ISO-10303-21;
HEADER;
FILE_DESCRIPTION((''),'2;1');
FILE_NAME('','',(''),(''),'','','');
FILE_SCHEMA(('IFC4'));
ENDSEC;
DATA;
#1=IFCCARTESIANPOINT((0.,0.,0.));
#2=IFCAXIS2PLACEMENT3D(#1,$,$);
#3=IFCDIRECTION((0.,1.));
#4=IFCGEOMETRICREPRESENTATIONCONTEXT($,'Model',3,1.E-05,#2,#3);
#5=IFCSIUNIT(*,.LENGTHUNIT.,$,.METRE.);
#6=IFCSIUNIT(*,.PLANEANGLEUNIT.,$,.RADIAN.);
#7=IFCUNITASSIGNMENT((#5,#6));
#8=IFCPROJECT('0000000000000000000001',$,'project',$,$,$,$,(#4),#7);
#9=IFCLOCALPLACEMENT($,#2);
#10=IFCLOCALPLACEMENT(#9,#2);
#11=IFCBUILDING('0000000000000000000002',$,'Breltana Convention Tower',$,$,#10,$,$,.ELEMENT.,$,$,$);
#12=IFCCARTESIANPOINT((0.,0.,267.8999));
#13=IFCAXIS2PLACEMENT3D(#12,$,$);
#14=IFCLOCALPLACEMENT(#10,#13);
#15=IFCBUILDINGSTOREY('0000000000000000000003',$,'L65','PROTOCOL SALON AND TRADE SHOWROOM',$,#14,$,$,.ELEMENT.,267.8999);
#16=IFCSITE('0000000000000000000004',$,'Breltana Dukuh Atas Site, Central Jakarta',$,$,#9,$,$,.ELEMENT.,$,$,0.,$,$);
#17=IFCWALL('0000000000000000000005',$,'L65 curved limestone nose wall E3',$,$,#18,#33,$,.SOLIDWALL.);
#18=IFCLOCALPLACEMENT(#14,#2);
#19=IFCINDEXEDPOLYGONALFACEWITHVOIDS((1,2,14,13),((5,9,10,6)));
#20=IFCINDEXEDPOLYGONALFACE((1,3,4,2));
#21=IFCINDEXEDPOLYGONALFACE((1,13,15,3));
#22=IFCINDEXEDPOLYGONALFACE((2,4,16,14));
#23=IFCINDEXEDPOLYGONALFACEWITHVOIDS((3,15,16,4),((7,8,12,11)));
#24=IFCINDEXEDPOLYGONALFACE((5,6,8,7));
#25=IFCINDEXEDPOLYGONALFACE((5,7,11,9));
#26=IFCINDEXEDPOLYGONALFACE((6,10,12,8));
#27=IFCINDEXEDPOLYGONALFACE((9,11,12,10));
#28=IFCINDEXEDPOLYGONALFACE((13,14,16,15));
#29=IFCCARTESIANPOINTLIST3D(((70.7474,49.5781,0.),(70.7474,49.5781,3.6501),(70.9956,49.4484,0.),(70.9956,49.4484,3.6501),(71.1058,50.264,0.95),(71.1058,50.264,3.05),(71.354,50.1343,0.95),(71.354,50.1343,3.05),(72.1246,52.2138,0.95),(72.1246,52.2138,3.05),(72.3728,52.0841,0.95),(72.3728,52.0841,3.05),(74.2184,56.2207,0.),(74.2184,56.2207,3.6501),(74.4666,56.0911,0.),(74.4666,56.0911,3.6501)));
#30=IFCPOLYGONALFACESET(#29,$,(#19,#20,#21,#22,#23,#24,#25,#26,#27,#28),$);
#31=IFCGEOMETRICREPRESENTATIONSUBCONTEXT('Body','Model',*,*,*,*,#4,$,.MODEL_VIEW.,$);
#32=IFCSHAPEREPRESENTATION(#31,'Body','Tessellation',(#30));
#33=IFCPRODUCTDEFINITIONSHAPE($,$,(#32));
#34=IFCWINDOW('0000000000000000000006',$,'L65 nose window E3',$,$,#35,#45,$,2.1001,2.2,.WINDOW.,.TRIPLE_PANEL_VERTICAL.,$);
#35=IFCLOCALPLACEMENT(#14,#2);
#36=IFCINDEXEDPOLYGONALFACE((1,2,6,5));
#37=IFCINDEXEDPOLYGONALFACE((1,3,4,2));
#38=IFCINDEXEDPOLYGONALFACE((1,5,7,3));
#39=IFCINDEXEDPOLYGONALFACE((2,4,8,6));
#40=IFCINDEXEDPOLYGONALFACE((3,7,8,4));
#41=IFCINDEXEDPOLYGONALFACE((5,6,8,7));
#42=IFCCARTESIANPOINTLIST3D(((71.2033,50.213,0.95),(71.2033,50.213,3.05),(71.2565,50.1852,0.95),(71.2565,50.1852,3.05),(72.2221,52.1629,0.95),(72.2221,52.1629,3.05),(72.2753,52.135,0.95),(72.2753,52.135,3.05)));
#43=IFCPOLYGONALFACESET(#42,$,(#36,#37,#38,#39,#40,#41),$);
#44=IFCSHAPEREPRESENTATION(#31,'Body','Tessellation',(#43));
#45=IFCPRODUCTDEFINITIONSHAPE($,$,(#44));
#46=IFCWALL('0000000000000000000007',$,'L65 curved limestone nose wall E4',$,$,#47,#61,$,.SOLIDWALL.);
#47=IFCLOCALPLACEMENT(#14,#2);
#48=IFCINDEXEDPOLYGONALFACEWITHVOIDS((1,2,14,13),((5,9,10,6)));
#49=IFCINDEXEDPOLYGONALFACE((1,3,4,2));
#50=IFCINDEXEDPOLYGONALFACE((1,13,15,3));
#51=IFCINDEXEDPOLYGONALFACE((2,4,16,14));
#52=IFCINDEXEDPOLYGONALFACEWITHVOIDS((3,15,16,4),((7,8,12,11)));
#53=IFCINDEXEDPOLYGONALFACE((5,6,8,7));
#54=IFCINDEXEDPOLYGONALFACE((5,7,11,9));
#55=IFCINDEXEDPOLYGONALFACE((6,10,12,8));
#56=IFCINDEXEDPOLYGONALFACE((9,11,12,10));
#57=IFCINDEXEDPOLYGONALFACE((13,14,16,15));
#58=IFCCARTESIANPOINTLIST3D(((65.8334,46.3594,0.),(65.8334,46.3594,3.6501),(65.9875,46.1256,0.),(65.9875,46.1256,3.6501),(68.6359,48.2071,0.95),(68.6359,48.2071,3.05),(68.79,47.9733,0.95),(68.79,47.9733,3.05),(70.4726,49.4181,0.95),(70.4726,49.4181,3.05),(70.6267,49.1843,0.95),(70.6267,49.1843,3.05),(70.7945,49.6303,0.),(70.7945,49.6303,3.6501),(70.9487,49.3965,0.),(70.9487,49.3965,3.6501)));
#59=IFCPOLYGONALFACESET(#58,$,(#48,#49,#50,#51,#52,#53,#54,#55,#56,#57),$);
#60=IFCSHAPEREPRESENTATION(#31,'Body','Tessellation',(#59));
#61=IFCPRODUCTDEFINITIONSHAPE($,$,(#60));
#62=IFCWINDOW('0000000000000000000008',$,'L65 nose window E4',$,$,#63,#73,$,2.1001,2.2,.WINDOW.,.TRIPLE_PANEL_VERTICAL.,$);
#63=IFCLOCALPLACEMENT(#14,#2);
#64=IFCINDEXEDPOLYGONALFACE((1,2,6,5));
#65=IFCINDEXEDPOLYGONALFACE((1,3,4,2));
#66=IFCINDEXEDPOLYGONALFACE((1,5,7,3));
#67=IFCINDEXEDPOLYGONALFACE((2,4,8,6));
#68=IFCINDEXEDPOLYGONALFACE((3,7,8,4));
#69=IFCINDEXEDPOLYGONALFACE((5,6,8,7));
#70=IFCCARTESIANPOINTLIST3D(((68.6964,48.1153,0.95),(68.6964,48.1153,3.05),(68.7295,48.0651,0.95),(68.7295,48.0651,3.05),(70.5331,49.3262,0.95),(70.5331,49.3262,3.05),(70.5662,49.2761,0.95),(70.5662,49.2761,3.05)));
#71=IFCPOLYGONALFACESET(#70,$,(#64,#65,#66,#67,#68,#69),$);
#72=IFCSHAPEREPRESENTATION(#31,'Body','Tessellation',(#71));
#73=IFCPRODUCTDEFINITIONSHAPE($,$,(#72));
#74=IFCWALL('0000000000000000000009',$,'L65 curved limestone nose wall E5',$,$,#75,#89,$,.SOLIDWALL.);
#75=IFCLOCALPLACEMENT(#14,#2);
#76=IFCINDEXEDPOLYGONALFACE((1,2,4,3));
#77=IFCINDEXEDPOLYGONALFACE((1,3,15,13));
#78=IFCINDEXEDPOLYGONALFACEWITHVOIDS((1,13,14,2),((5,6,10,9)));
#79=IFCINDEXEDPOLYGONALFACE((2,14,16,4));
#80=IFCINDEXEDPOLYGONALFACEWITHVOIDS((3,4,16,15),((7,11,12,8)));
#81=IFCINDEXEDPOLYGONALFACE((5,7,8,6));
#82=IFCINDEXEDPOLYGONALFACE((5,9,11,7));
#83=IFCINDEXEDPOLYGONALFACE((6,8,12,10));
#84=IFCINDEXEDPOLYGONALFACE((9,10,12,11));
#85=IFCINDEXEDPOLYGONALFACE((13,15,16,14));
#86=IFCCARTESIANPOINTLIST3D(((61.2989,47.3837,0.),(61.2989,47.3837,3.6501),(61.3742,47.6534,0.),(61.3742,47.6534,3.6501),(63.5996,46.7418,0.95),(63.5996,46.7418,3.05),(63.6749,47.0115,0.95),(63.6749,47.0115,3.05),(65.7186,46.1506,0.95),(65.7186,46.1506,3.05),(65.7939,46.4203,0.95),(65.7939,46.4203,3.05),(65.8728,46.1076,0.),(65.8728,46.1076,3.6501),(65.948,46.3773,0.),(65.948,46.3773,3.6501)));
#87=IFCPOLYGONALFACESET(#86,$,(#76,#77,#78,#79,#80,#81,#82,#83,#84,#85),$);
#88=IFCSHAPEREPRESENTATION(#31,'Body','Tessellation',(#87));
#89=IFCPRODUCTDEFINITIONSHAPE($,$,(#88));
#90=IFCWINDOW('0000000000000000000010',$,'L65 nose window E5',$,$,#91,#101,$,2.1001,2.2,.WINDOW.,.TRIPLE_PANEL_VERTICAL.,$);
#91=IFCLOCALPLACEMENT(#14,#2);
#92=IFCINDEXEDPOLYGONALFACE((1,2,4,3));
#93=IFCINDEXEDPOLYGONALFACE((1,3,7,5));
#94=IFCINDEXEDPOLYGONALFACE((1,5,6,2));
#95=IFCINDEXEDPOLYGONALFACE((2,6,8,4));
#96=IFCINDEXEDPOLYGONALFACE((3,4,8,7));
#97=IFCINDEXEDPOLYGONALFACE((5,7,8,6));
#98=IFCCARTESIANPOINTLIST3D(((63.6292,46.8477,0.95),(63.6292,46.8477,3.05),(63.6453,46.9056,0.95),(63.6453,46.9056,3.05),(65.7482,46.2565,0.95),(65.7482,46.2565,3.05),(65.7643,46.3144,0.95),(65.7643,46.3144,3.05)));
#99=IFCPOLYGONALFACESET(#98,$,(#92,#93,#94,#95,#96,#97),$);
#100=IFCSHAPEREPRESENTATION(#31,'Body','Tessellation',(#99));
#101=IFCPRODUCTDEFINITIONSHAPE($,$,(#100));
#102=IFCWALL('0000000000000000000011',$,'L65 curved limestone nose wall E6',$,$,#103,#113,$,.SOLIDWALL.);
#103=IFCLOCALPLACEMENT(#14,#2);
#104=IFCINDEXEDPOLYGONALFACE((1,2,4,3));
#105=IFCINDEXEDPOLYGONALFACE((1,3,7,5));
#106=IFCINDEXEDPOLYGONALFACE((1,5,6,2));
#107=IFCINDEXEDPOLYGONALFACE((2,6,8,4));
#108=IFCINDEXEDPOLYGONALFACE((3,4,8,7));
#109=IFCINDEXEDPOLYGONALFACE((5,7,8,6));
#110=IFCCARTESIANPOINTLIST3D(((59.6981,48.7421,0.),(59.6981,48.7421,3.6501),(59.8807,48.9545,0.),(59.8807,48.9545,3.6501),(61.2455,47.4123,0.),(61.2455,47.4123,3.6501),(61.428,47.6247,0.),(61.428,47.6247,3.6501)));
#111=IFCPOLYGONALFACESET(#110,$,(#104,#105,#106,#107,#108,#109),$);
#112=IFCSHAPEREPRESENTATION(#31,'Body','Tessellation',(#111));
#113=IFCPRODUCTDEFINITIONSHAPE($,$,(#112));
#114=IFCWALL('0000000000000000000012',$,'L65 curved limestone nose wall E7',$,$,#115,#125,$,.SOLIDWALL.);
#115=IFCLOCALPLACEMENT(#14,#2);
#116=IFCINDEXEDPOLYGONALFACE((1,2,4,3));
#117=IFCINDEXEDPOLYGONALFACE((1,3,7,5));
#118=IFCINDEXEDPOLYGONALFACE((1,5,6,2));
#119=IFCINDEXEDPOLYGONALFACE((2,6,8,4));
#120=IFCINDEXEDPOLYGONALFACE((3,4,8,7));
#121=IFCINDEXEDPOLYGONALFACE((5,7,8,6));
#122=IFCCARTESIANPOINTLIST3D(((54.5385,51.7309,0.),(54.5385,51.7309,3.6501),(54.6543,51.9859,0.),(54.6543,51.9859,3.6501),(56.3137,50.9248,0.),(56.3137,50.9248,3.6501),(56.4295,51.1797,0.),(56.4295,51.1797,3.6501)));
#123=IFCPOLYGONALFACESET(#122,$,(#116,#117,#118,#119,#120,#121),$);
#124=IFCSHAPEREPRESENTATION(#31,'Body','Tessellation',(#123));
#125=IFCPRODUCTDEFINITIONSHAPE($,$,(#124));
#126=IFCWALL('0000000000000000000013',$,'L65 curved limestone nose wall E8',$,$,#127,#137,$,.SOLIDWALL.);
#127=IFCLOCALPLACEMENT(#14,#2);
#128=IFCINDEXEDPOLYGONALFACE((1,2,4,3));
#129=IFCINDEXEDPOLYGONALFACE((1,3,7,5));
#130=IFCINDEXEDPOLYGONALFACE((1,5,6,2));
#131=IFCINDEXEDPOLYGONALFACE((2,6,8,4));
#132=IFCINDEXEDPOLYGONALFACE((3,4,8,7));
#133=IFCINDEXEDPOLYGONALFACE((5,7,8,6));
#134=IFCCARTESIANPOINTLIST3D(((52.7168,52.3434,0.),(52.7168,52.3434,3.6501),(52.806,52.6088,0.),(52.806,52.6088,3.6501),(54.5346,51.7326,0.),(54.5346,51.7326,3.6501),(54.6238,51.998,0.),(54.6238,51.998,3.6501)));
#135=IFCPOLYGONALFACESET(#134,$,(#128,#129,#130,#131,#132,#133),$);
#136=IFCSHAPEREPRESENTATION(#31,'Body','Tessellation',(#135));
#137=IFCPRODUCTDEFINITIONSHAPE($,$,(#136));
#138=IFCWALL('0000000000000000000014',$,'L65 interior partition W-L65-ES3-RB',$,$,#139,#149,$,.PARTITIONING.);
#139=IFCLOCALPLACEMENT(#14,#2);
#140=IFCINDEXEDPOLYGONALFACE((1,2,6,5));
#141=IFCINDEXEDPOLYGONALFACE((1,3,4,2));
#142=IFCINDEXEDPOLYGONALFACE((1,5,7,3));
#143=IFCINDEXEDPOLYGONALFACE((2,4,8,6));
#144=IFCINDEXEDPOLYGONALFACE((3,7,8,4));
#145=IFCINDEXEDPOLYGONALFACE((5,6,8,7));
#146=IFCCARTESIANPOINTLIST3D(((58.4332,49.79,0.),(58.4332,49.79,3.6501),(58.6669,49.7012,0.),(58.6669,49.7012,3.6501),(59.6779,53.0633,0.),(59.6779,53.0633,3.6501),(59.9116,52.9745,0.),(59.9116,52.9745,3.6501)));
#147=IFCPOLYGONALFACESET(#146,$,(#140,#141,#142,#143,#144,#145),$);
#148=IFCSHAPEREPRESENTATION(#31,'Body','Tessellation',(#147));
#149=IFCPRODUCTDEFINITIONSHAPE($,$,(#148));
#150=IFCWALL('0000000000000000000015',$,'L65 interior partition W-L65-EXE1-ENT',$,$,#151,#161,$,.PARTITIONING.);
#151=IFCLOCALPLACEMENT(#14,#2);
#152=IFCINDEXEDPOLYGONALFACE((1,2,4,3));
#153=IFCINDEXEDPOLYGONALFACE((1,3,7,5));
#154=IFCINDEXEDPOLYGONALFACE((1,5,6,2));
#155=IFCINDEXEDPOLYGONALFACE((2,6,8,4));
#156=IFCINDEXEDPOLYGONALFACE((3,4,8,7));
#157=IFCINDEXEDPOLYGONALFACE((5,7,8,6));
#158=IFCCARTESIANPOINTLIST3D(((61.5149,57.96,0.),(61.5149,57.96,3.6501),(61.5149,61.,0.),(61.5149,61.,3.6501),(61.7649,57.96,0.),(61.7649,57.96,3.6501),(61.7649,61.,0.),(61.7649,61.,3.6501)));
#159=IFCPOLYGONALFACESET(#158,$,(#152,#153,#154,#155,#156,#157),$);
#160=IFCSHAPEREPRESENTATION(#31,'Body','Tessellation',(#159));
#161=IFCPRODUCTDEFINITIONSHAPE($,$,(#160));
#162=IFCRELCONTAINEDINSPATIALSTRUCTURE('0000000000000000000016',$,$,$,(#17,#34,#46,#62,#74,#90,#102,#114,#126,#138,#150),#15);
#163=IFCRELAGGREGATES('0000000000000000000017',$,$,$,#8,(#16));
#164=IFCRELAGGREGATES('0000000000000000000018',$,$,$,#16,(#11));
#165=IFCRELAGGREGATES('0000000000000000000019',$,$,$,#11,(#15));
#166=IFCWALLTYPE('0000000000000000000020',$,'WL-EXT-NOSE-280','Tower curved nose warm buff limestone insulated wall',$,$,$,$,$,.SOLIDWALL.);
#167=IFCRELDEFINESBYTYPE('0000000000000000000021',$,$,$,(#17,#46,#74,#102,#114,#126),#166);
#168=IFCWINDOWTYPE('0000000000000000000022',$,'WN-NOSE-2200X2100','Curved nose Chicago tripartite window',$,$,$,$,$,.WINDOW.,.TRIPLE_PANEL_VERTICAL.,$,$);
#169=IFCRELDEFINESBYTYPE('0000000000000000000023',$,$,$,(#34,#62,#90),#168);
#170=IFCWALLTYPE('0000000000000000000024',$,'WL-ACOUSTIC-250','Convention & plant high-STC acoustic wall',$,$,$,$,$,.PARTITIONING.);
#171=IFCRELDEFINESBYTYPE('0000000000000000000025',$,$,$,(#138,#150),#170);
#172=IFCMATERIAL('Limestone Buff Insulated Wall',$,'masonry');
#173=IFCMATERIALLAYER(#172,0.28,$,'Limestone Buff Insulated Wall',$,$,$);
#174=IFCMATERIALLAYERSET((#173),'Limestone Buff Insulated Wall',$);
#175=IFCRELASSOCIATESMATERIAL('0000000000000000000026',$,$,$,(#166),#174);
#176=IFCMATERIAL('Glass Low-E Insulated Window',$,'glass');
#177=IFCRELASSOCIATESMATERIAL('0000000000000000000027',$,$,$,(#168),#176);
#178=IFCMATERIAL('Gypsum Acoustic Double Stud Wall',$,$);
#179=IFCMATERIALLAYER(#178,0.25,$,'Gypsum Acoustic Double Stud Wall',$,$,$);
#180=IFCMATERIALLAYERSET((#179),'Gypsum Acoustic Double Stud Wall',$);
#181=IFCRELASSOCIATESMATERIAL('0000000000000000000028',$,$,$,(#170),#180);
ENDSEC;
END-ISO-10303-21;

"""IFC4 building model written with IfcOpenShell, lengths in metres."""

from ifc_helpers import new_model, si_unit, direction, frame, frame_2d, origin, place, context, subcontext, project, spatial, rectangle, extrude, source, transform, mapped, material, layer, layer_set, type_object, type_shapes, element, fill, save


model = new_model("IFC4")

# Units and contexts
model_context = context("Model", 3, precision=1e-05, world=origin(), true_north=direction((0.0, 1.0)))
body_context = subcontext(model_context, "Body", "Model", "MODEL_VIEW")
ifc_project = project(units=[si_unit("LENGTHUNIT", "METRE"), si_unit("PLANEANGLEUNIT", "RADIAN")], contexts=[model_context])

# Site, building, storey
site_placement = place(None, origin())
site = spatial("IfcSite", under=ifc_project, at=site_placement, Name="Breltana Dukuh Atas Site, Central Jakarta", CompositionType="ELEMENT", RefElevation=0.0)
building_placement = place(site_placement, origin())
building = spatial("IfcBuilding", under=site, at=building_placement, Name="Breltana Convention Tower", CompositionType="ELEMENT")
storey_placement = place(building_placement, frame((0.0, 0.0, 267.8999)))
storey = spatial("IfcBuildingStorey", under=building, at=storey_placement, Name="L65", Description="PROTOCOL SALON AND TRADE SHOWROOM", CompositionType="ELEMENT", Elevation=267.8999)

# Walls, openings, windows
ifc_material_1 = material(Name="Limestone Buff Insulated Wall", Category="masonry")
ifc_layer_1 = layer(ifc_material_1, 0.28, Name="Limestone Buff Insulated Wall")
ifc_layer_set_1 = layer_set([ifc_layer_1], Name="Limestone Buff Insulated Wall")
wall_type_1 = type_object("IfcWallType", Name="WL-EXT-NOSE-280", Description="Tower curved nose warm buff limestone insulated wall", PredefinedType="SOLIDWALL", material=ifc_layer_set_1)
shared_shape_1 = source(origin(), body_context, "Body", "SweptSolid", [
    extrude(rectangle(XDim=7.4949, YDim=0.28, at=frame_2d((3.7476, 0.0))), origin(), (0.0, 0.0, 1.0), 3.6501),
])
wall_1_placement = place(storey_placement, frame((74.3425, 56.156, 0.0), z_axis=(0.0, 0.0, 1.0), x_axis=(-0.463117, -0.886297, 0.0)))
wall_1 = element("IfcWall", 1, at=wall_1_placement, inside=storey, type_object=wall_type_1, Name="L65 curved limestone nose wall E3", PredefinedType="SOLIDWALL", context=body_context, shape_type="MappedRepresentation", body=[
    mapped(shared_shape_1, transform((0.0, 0.0, 0.0), scale=1.0)),
])
opening_1_placement = place(wall_1_placement, frame((4.521, 0.0, 0.95)))
opening_1 = element("IfcOpeningElement", 2, at=opening_1_placement, cuts=wall_1, PredefinedType="OPENING", context=body_context, shape_type="SweptSolid", body=[
    extrude(rectangle(XDim=2.2, YDim=2.1001, at=frame_2d((1.1001, 1.05))), frame((0.0, 0.1499, 0.0), z_axis=(0.0, -1.0, 0.0), x_axis=(1.0, 0.0, 0.0)), (0.0, 0.0, 1.0), 0.3),
])
ifc_material_2 = material(Name="Glass Low-E Insulated Window", Category="glass")
window_type = type_object("IfcWindowType", Name="WN-NOSE-2200X2100", Description="Curved nose Chicago tripartite window", PartitioningType="TRIPLE_PANEL_VERTICAL", PredefinedType="WINDOW", material=ifc_material_2)
shared_shape_2 = source(origin(), body_context, "Body", "SweptSolid", [
    extrude(rectangle(XDim=2.2, YDim=2.1001, at=frame_2d((1.1001, 1.05))), frame((0.0, 0.03, 0.0), z_axis=(0.0, -1.0, 0.0), x_axis=(1.0, 0.0, 0.0)), (0.0, 0.0, 1.0), 0.0601),
])
type_shapes(window_type, [shared_shape_2])
window_1_placement = place(opening_1_placement, origin())
window_1 = element("IfcWindow", 3, at=window_1_placement, inside=storey, type_object=window_type, Name="L65 nose window E3", OverallHeight=2.1001, OverallWidth=2.2, PartitioningType="TRIPLE_PANEL_VERTICAL", PredefinedType="WINDOW", context=body_context, shape_type="MappedRepresentation", body=[
    mapped(shared_shape_2, transform((0.0, 0.0, 0.0), scale=1.0)),
])
fill(opening_1, window_1)
shared_shape_3 = source(origin(), body_context, "Body", "SweptSolid", [
    extrude(rectangle(XDim=5.9424, YDim=0.28, at=frame_2d((2.9712, 0.0))), origin(), (0.0, 0.0, 1.0), 3.6501),
])
wall_2_placement = place(storey_placement, frame((70.8716, 49.5134, 0.0), z_axis=(0.0, 0.0, 1.0), x_axis=(-0.834871, -0.550445, 0.0)))
wall_2 = element("IfcWall", 4, at=wall_2_placement, inside=storey, type_object=wall_type_1, Name="L65 curved limestone nose wall E4", PredefinedType="SOLIDWALL", context=body_context, shape_type="MappedRepresentation", body=[
    mapped(shared_shape_3, transform((0.0, 0.0, 0.0), scale=1.0)),
])
opening_2_placement = place(wall_2_placement, frame((0.3855, 0.0, 0.95)))
opening_2 = element("IfcOpeningElement", 5, at=opening_2_placement, cuts=wall_2, PredefinedType="OPENING", context=body_context, shape_type="SweptSolid", body=[
    extrude(rectangle(XDim=2.2, YDim=2.1001, at=frame_2d((1.1001, 1.05))), frame((0.0, 0.1499, 0.0), z_axis=(0.0, -1.0, 0.0), x_axis=(1.0, 0.0, 0.0)), (0.0, 0.0, 1.0), 0.3),
])
window_2_placement = place(opening_2_placement, origin())
window_2 = element("IfcWindow", 6, at=window_2_placement, inside=storey, type_object=window_type, Name="L65 nose window E4", OverallHeight=2.1001, OverallWidth=2.2, PartitioningType="TRIPLE_PANEL_VERTICAL", PredefinedType="WINDOW", context=body_context, shape_type="MappedRepresentation", body=[
    mapped(shared_shape_2, transform((0.0, 0.0, 0.0), scale=1.0)),
])
fill(opening_2, window_2)
shared_shape_4 = source(origin(), body_context, "Body", "SweptSolid", [
    extrude(rectangle(XDim=4.7485, YDim=0.28, at=frame_2d((2.3743, 0.0))), origin(), (0.0, 0.0, 1.0), 3.6501),
])
wall_3_placement = place(storey_placement, frame((65.9104, 46.2424, 0.0), z_axis=(0.0, 0.0, 1.0), x_axis=(-0.963211, 0.268747, 0.0)))
wall_3 = element("IfcWall", 7, at=wall_3_placement, inside=storey, type_object=wall_type_1, Name="L65 curved limestone nose wall E5", PredefinedType="SOLIDWALL", context=body_context, shape_type="MappedRepresentation", body=[
    mapped(shared_shape_4, transform((0.0, 0.0, 0.0), scale=1.0)),
])
opening_3_placement = place(wall_3_placement, frame((0.1599, 0.0, 0.95)))
opening_3 = element("IfcOpeningElement", 8, at=opening_3_placement, cuts=wall_3, PredefinedType="OPENING", context=body_context, shape_type="SweptSolid", body=[
    extrude(rectangle(XDim=2.2, YDim=2.1001, at=frame_2d((1.1001, 1.05))), frame((0.0, 0.1499, 0.0), z_axis=(0.0, -1.0, 0.0), x_axis=(1.0, 0.0, 0.0)), (0.0, 0.0, 1.0), 0.3),
])
window_3_placement = place(opening_3_placement, origin())
window_3 = element("IfcWindow", 9, at=window_3_placement, inside=storey, type_object=window_type, Name="L65 nose window E5", OverallHeight=2.1001, OverallWidth=2.2, PartitioningType="TRIPLE_PANEL_VERTICAL", PredefinedType="WINDOW", context=body_context, shape_type="MappedRepresentation", body=[
    mapped(shared_shape_2, transform((0.0, 0.0, 0.0), scale=1.0)),
])
fill(opening_3, window_3)

# Walls
shared_shape_5 = source(origin(), body_context, "Body", "SweptSolid", [
    extrude(rectangle(XDim=2.0403, YDim=0.28, at=frame_2d((1.02, 0.0))), origin(), (0.0, 0.0, 1.0), 3.6501),
])
wall_4_placement = place(storey_placement, frame((61.3367, 47.5186, 0.0), z_axis=(0.0, 0.0, 1.0), x_axis=(-0.758403, 0.651786, 0.0)))
element("IfcWall", 10, at=wall_4_placement, inside=storey, type_object=wall_type_1, Name="L65 curved limestone nose wall E6", PredefinedType="SOLIDWALL", context=body_context, shape_type="MappedRepresentation", body=[
    mapped(shared_shape_5, transform((0.0, 0.0, 0.0), scale=1.0)),
])
shared_shape_6 = source(origin(), body_context, "Body", "SweptSolid", [
    extrude(rectangle(XDim=1.9497, YDim=0.28, at=frame_2d((0.9749, 0.0))), origin(), (0.0, 0.0, 1.0), 3.6501),
])
wall_5_placement = place(storey_placement, frame((56.3716, 51.0522, 0.0), z_axis=(0.0, 0.0, 1.0), x_axis=(-0.910508, 0.413492, 0.0)))
element("IfcWall", 11, at=wall_5_placement, inside=storey, type_object=wall_type_1, Name="L65 curved limestone nose wall E7", PredefinedType="SOLIDWALL", context=body_context, shape_type="MappedRepresentation", body=[
    mapped(shared_shape_6, transform((0.0, 0.0, 0.0), scale=1.0)),
])
shared_shape_7 = source(origin(), body_context, "Body", "SweptSolid", [
    extrude(rectangle(XDim=1.9177, YDim=0.28, at=frame_2d((0.959, 0.0))), origin(), (0.0, 0.0, 1.0), 3.6501),
])
wall_6_placement = place(storey_placement, frame((54.5793, 51.8652, 0.0), z_axis=(0.0, 0.0, 1.0), x_axis=(-0.947917, 0.318518, 0.0)))
element("IfcWall", 12, at=wall_6_placement, inside=storey, type_object=wall_type_1, Name="L65 curved limestone nose wall E8", PredefinedType="SOLIDWALL", context=body_context, shape_type="MappedRepresentation", body=[
    mapped(shared_shape_7, transform((0.0, 0.0, 0.0), scale=1.0)),
])
ifc_material_3 = material(Name="Gypsum Acoustic Double Stud Wall")
ifc_layer_2 = layer(ifc_material_3, 0.25, Name="Gypsum Acoustic Double Stud Wall")
ifc_layer_set_2 = layer_set([ifc_layer_2], Name="Gypsum Acoustic Double Stud Wall")
wall_type_2 = type_object("IfcWallType", Name="WL-ACOUSTIC-250", Description="Convention & plant high-STC acoustic wall", PredefinedType="PARTITIONING", material=ifc_layer_set_2)
shared_shape_8 = source(origin(), body_context, "Body", "SweptSolid", [
    extrude(rectangle(XDim=3.502, YDim=0.25, at=frame_2d((1.751, 0.0))), origin(), (0.0, 0.0, 1.0), 3.6501),
])
wall_7_placement = place(storey_placement, frame((58.55, 49.7456, 0.0), z_axis=(0.0, 0.0, 1.0), x_axis=(0.355421, 0.934706, 0.0)))
element("IfcWall", 13, at=wall_7_placement, inside=storey, type_object=wall_type_2, Name="L65 interior partition W-L65-ES3-RB", PredefinedType="PARTITIONING", context=body_context, shape_type="MappedRepresentation", body=[
    mapped(shared_shape_8, transform((0.0, 0.0, 0.0), scale=1.0)),
])
shared_shape_9 = source(origin(), body_context, "Body", "SweptSolid", [
    extrude(rectangle(XDim=3.04, YDim=0.25, at=frame_2d((1.52, 0.0))), origin(), (0.0, 0.0, 1.0), 3.6501),
])
wall_8_placement = place(storey_placement, frame((61.6399, 57.96, 0.0), z_axis=(0.0, 0.0, 1.0), x_axis=(0.0, 1.0, 0.0)))
element("IfcWall", 14, at=wall_8_placement, inside=storey, type_object=wall_type_2, Name="L65 interior partition W-L65-EXE1-ENT", PredefinedType="PARTITIONING", context=body_context, shape_type="MappedRepresentation", body=[
    mapped(shared_shape_9, transform((0.0, 0.0, 0.0), scale=1.0)),
])

save(model, "model.ifc")
